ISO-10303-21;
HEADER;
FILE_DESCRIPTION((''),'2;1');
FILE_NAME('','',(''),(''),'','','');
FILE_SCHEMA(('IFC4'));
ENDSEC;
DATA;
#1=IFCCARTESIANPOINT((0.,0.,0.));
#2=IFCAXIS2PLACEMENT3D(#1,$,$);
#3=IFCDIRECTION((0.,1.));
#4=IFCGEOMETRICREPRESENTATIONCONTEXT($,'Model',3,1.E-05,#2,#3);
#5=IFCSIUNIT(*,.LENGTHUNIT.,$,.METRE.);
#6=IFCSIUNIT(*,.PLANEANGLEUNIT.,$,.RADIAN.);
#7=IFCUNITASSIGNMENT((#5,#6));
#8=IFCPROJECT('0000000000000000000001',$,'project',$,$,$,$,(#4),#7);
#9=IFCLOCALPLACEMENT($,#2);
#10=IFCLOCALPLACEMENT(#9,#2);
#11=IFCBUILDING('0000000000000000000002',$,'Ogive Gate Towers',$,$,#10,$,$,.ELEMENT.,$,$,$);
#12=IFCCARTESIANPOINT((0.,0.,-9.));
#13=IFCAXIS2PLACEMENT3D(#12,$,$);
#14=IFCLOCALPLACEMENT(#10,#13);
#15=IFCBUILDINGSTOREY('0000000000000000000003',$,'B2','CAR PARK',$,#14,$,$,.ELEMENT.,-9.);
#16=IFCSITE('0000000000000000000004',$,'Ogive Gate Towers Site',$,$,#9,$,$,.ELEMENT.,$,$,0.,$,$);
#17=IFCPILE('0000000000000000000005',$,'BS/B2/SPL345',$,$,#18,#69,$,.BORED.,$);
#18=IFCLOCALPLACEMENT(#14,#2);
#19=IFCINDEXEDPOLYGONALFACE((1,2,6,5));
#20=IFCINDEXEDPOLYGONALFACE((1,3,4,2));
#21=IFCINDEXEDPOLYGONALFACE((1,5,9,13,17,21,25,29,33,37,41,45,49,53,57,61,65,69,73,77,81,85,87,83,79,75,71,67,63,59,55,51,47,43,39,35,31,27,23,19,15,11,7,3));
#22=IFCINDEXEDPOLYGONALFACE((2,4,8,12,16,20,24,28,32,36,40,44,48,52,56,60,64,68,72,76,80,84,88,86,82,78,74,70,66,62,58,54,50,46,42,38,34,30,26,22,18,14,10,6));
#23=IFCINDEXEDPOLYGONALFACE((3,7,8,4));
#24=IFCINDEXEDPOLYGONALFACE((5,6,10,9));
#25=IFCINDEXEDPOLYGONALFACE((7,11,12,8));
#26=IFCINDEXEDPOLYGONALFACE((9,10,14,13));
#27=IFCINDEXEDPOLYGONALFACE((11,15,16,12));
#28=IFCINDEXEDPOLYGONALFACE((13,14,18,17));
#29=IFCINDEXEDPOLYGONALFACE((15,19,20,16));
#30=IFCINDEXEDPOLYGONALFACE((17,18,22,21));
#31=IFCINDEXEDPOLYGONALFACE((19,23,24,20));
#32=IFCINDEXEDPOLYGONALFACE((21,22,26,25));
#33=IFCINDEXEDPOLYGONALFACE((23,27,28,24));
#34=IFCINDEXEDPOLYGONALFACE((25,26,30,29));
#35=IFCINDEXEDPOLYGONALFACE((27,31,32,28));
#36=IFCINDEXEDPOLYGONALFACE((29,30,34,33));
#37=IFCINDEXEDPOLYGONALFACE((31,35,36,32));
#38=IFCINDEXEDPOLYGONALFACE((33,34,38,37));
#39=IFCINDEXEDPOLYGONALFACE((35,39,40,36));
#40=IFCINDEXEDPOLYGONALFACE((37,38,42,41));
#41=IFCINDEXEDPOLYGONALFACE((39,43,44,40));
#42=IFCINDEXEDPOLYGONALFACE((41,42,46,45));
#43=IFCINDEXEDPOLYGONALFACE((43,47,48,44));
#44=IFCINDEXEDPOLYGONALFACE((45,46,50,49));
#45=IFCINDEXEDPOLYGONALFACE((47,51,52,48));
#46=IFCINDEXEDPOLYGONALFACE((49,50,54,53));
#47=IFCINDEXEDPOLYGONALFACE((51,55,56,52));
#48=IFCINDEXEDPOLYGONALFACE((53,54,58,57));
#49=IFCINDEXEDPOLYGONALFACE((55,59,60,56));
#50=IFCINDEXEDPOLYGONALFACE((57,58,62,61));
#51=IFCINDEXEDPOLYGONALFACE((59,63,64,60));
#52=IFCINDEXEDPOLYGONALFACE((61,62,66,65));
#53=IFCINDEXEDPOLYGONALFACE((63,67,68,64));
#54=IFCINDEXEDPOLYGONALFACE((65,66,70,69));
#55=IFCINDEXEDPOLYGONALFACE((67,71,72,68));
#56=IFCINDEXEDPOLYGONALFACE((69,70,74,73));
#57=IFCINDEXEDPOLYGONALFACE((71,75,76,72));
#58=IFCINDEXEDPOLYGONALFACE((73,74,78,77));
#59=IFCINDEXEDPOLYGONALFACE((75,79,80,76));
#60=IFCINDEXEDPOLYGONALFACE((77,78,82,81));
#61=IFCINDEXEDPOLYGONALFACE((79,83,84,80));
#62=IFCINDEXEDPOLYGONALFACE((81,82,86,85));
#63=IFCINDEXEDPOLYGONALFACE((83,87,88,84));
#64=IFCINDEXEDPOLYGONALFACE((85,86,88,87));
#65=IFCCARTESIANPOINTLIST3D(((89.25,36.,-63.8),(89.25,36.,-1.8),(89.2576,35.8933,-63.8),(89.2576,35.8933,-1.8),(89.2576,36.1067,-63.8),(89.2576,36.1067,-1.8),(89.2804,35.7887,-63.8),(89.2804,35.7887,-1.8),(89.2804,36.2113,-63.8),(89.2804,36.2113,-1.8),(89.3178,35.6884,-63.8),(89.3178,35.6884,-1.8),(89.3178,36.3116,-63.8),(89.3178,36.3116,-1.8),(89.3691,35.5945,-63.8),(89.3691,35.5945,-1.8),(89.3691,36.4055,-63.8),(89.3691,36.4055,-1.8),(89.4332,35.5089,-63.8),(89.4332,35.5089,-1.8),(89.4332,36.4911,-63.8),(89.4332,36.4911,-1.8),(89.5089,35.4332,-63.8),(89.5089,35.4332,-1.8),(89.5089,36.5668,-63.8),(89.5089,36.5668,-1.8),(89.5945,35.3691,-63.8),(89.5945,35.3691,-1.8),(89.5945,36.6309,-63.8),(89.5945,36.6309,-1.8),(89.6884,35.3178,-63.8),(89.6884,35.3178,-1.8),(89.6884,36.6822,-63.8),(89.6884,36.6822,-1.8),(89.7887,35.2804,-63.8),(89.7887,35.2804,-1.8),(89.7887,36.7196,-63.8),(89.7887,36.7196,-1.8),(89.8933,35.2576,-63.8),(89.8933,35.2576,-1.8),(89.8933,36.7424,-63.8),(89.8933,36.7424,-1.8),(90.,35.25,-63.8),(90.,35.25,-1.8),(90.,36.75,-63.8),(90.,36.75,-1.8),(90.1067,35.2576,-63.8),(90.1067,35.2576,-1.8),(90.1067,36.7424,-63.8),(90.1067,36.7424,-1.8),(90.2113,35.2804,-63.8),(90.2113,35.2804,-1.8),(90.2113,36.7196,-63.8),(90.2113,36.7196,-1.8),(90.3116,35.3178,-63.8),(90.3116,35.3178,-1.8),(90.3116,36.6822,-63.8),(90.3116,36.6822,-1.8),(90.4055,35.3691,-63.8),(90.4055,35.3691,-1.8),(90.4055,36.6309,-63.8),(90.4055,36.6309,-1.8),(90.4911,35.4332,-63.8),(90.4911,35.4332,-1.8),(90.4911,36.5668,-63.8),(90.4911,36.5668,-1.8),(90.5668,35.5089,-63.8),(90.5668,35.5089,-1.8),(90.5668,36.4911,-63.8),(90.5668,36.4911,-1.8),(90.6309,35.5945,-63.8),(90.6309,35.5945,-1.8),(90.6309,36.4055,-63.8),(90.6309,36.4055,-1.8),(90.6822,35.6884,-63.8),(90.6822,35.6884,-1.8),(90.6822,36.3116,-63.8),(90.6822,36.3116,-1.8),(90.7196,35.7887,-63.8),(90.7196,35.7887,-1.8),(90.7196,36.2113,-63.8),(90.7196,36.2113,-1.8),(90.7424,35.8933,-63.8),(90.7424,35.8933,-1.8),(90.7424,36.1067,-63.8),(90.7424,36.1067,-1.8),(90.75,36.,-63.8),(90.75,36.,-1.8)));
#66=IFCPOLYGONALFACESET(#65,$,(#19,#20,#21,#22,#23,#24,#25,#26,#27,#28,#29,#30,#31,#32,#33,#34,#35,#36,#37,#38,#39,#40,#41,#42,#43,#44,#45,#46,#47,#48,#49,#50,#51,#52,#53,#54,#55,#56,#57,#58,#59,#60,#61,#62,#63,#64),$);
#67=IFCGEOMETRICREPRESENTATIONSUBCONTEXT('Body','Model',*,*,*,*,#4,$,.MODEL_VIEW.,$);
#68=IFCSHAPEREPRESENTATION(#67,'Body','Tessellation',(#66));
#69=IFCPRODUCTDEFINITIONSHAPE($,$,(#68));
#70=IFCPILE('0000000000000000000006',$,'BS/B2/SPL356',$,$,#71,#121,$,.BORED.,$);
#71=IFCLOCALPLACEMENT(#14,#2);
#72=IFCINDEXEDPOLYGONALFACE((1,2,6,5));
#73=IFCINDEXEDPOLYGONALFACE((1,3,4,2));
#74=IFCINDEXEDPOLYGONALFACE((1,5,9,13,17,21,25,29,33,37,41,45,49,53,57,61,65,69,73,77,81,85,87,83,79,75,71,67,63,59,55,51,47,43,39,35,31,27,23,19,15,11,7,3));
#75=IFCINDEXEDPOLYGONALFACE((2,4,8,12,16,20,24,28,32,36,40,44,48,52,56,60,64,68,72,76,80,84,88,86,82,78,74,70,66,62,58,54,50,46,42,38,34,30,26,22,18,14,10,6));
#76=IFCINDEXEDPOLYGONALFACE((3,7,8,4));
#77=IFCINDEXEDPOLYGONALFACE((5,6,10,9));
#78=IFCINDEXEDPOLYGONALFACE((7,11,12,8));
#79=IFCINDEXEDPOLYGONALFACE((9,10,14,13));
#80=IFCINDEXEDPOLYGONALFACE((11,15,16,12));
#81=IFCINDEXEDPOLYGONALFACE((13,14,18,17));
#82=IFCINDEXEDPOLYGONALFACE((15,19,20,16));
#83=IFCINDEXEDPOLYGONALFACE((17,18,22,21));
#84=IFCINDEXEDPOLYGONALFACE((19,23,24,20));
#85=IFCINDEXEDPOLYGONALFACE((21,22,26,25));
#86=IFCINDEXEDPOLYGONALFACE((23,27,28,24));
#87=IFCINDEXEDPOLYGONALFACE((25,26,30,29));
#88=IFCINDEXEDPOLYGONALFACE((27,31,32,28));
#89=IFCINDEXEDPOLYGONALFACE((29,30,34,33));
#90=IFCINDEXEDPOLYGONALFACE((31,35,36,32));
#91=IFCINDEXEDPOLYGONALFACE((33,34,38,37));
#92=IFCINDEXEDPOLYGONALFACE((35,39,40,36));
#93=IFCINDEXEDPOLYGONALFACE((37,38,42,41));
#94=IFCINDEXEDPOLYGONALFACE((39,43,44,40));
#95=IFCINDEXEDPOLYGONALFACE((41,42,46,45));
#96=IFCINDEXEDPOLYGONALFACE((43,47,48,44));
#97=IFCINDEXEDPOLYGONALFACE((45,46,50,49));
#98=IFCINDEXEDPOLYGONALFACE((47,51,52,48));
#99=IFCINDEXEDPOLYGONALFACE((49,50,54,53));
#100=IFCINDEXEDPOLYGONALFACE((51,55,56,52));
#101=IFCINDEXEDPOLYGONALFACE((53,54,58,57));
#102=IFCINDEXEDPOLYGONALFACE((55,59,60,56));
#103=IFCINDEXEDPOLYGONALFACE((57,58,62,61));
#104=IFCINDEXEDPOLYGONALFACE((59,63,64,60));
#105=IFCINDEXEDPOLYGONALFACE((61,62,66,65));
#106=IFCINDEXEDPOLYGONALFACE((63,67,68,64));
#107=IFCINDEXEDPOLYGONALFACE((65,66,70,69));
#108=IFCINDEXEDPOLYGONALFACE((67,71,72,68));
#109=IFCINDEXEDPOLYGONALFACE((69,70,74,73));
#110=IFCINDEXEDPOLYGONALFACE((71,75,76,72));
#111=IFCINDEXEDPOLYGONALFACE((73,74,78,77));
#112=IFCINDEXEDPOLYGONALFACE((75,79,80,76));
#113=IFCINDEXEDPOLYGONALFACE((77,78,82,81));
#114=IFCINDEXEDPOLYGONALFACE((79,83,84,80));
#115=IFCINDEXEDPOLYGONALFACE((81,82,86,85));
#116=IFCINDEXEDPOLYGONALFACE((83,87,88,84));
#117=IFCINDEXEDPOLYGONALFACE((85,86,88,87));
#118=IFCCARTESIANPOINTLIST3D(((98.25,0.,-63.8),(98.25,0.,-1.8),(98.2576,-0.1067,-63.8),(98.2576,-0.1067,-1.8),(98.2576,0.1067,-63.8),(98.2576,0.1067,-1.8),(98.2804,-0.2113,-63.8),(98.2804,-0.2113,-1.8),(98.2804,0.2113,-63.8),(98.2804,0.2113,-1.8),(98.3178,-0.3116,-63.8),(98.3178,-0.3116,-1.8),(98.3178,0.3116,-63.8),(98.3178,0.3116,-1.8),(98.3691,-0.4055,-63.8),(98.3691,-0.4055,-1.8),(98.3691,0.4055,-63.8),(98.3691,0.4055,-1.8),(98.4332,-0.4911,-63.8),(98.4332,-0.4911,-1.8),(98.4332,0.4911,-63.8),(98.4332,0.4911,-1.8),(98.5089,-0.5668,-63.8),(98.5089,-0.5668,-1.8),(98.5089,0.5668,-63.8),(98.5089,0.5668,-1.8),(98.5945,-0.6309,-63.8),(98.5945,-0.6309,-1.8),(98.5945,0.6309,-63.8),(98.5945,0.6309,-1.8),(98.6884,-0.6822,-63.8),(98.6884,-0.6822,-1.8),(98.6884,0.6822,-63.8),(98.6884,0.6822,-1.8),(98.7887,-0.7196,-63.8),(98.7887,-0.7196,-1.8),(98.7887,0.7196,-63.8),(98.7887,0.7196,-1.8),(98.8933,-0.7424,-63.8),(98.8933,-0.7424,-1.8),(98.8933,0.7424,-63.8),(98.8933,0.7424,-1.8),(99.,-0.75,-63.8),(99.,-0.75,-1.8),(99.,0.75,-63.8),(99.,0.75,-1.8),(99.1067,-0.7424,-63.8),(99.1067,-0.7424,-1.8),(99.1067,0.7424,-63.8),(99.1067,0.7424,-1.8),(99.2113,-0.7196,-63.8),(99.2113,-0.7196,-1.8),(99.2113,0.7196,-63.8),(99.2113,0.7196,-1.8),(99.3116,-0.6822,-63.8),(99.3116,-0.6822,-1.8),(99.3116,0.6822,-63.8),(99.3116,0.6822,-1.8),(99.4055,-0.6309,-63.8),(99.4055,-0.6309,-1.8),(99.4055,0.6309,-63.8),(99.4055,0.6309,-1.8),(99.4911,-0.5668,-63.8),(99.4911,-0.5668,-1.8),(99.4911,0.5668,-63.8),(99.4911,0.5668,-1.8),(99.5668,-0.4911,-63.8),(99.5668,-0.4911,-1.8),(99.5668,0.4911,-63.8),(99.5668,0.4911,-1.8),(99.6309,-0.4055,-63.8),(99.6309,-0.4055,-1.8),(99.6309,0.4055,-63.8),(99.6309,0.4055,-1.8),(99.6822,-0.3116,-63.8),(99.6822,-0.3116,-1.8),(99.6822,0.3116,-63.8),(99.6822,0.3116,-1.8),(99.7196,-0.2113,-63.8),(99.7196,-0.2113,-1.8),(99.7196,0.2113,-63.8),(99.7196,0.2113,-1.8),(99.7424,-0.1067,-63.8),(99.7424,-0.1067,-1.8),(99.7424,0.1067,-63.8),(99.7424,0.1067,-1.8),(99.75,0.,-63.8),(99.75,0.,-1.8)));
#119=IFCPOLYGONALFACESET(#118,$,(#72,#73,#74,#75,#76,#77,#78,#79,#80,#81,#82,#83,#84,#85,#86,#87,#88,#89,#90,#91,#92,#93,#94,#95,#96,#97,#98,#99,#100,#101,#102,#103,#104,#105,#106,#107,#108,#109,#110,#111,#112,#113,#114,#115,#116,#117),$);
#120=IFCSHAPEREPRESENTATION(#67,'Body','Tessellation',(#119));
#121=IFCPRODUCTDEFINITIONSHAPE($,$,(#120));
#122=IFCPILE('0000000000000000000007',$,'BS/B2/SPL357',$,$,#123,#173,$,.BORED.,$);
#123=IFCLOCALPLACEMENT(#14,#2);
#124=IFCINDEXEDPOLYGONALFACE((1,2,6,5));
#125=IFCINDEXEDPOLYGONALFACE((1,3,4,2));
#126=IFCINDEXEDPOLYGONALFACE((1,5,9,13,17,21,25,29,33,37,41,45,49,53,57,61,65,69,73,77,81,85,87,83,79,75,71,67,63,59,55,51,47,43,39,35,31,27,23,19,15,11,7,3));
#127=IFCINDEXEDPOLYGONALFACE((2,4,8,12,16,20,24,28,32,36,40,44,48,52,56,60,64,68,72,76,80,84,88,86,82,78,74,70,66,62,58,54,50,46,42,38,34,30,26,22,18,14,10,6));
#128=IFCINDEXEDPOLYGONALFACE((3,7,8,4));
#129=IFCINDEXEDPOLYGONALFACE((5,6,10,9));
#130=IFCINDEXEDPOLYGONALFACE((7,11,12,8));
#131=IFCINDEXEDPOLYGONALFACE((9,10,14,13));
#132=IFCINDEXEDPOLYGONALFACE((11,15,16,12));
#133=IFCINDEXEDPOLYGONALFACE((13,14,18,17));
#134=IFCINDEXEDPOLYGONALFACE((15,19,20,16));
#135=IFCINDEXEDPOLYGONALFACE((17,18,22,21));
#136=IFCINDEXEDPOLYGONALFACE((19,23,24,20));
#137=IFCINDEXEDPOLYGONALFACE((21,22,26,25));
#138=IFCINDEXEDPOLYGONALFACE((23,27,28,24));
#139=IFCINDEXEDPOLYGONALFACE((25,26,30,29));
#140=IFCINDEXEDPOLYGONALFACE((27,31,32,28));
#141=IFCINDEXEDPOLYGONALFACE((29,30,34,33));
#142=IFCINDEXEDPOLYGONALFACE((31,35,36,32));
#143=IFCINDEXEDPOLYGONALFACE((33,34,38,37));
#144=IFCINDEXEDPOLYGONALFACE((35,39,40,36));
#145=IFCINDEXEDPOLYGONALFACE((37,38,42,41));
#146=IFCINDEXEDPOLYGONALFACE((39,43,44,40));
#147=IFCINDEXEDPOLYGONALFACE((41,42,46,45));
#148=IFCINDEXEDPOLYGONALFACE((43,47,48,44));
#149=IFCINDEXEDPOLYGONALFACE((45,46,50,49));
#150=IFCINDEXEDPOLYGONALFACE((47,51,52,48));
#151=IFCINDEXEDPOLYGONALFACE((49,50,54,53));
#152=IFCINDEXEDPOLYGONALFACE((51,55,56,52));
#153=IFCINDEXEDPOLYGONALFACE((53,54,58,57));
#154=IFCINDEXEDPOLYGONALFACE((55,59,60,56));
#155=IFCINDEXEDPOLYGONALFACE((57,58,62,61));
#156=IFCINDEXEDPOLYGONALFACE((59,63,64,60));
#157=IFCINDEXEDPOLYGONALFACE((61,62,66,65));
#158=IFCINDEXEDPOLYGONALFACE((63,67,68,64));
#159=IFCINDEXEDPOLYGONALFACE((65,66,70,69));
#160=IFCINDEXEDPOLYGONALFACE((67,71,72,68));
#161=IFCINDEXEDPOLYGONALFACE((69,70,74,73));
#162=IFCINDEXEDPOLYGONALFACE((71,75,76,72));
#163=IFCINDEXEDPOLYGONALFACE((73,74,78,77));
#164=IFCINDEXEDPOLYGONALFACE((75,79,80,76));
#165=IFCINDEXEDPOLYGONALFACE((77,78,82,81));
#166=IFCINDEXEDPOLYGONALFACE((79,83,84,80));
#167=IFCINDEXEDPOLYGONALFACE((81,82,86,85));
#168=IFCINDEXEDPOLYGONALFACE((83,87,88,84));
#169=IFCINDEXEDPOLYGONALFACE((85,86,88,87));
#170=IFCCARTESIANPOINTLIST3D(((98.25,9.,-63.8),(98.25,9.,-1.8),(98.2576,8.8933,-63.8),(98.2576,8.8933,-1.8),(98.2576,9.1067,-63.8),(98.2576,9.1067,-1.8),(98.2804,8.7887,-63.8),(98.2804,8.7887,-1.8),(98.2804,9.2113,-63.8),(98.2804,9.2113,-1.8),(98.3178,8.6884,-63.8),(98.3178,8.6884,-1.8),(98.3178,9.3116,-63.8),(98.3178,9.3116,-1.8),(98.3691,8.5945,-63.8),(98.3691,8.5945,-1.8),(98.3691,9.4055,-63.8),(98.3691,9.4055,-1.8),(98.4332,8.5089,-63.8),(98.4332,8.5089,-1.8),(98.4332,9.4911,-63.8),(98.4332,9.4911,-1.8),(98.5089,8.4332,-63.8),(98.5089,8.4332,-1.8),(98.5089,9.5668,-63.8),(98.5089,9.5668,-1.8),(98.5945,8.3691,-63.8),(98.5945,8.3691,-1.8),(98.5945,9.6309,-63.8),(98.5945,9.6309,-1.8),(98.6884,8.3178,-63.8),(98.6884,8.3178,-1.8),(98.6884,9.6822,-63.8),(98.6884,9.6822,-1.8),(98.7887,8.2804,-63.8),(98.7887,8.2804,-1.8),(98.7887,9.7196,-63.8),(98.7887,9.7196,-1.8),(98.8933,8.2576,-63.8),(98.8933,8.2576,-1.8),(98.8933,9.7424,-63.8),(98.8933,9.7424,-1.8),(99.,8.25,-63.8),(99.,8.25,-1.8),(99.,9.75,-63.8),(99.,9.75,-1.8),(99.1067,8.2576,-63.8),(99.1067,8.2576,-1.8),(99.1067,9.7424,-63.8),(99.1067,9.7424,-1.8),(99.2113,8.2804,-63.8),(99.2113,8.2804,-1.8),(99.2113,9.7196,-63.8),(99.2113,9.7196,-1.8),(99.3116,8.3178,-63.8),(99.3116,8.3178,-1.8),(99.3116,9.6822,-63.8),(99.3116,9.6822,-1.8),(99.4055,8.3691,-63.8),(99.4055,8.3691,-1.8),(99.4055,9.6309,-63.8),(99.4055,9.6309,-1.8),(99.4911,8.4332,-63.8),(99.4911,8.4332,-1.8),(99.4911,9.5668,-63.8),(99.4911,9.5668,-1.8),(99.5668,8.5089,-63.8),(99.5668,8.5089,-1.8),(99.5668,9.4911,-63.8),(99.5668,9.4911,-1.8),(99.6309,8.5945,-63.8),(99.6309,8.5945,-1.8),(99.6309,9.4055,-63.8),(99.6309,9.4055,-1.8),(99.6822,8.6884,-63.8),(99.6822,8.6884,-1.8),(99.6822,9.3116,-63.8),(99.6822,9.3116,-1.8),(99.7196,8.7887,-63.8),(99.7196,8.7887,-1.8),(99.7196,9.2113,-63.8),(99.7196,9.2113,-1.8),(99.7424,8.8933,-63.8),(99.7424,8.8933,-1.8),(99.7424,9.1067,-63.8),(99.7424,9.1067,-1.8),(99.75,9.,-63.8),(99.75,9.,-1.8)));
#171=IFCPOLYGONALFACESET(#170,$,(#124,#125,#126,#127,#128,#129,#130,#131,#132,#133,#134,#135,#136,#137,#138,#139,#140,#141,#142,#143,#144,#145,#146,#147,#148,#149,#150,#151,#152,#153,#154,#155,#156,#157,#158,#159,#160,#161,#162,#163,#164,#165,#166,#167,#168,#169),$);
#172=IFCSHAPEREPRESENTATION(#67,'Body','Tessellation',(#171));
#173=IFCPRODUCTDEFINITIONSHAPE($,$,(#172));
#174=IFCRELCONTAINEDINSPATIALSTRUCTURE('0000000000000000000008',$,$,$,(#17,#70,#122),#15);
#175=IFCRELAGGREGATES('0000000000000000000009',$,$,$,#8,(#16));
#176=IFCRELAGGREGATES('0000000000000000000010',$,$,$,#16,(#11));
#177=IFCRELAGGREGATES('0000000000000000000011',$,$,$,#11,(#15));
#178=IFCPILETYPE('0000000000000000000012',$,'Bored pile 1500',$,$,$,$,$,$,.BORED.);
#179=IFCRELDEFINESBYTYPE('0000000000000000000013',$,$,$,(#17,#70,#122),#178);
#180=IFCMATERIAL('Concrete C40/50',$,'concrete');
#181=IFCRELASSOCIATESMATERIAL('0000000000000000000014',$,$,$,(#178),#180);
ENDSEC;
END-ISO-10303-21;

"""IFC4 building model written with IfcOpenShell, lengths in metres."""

from ifc_helpers import new_model, si_unit, direction, frame, origin, origin_2d, place, context, subcontext, project, spatial, circle, extrude, material, material_profile, profile_set, type_object, element, save


model = new_model("IFC4")

# Units and contexts
model_context = context("Model", 3, precision=1e-05, world=origin(), true_north=direction((0.0, 1.0)))
body_context = subcontext(model_context, "Body", "Model", "MODEL_VIEW")
ifc_project = project(units=[si_unit("LENGTHUNIT", "METRE"), si_unit("PLANEANGLEUNIT", "RADIAN")], contexts=[model_context])

# Site, building, storey
site_placement = place(None, origin())
site = spatial("IfcSite", under=ifc_project, at=site_placement, Name="Ogive Gate Towers Site", CompositionType="ELEMENT", RefElevation=0.0)
building_placement = place(site_placement, origin())
building = spatial("IfcBuilding", under=site, at=building_placement, Name="Ogive Gate Towers", CompositionType="ELEMENT")
storey_placement = place(building_placement, frame((0.0, 0.0, -9.0)))
storey = spatial("IfcBuildingStorey", under=building, at=storey_placement, Name="B2", Description="CAR PARK", CompositionType="ELEMENT", Elevation=-9.0)

# Piles
ifc_material_1 = material(Name="Concrete C40/50", Category="concrete")
ifc_material_profile_1 = material_profile(ifc_material_1, circle(Radius=0.75, at=origin_2d()), Name="BP 1500")
ifc_profile_set_1 = profile_set([ifc_material_profile_1], Name="Concrete C40/50")
pile_type = type_object("IfcPileType", Name="Bored pile 1500", PredefinedType="BORED", material=ifc_profile_set_1)
for number, where, z_axis, x_axis, name in (
    (1, (90.0, 36.0, -1.8), (0.0, 0.0, -1.0), (1.0, 0.0, 0.0), "BS/B2/SPL345"),
    (2, (99.0, 0.0, -1.8), (0.0, 0.0, -1.0), (1.0, 0.0, 0.0), "BS/B2/SPL356"),
    (3, (99.0, 9.0, -1.8), (0.0, 0.0, -1.0), (1.0, 0.0, 0.0), "BS/B2/SPL357"),
):
    element("IfcPile", number, at=place(storey_placement, frame(where, z_axis=z_axis, x_axis=x_axis)), inside=storey, type_object=pile_type, Name=name, PredefinedType="BORED", context=body_context, shape_type="SweptSolid", body=[
        extrude(circle(Radius=0.75, at=origin_2d()), origin(), (0.0, 0.0, 1.0), 62.0),
    ])

save(model, "model.ifc")
